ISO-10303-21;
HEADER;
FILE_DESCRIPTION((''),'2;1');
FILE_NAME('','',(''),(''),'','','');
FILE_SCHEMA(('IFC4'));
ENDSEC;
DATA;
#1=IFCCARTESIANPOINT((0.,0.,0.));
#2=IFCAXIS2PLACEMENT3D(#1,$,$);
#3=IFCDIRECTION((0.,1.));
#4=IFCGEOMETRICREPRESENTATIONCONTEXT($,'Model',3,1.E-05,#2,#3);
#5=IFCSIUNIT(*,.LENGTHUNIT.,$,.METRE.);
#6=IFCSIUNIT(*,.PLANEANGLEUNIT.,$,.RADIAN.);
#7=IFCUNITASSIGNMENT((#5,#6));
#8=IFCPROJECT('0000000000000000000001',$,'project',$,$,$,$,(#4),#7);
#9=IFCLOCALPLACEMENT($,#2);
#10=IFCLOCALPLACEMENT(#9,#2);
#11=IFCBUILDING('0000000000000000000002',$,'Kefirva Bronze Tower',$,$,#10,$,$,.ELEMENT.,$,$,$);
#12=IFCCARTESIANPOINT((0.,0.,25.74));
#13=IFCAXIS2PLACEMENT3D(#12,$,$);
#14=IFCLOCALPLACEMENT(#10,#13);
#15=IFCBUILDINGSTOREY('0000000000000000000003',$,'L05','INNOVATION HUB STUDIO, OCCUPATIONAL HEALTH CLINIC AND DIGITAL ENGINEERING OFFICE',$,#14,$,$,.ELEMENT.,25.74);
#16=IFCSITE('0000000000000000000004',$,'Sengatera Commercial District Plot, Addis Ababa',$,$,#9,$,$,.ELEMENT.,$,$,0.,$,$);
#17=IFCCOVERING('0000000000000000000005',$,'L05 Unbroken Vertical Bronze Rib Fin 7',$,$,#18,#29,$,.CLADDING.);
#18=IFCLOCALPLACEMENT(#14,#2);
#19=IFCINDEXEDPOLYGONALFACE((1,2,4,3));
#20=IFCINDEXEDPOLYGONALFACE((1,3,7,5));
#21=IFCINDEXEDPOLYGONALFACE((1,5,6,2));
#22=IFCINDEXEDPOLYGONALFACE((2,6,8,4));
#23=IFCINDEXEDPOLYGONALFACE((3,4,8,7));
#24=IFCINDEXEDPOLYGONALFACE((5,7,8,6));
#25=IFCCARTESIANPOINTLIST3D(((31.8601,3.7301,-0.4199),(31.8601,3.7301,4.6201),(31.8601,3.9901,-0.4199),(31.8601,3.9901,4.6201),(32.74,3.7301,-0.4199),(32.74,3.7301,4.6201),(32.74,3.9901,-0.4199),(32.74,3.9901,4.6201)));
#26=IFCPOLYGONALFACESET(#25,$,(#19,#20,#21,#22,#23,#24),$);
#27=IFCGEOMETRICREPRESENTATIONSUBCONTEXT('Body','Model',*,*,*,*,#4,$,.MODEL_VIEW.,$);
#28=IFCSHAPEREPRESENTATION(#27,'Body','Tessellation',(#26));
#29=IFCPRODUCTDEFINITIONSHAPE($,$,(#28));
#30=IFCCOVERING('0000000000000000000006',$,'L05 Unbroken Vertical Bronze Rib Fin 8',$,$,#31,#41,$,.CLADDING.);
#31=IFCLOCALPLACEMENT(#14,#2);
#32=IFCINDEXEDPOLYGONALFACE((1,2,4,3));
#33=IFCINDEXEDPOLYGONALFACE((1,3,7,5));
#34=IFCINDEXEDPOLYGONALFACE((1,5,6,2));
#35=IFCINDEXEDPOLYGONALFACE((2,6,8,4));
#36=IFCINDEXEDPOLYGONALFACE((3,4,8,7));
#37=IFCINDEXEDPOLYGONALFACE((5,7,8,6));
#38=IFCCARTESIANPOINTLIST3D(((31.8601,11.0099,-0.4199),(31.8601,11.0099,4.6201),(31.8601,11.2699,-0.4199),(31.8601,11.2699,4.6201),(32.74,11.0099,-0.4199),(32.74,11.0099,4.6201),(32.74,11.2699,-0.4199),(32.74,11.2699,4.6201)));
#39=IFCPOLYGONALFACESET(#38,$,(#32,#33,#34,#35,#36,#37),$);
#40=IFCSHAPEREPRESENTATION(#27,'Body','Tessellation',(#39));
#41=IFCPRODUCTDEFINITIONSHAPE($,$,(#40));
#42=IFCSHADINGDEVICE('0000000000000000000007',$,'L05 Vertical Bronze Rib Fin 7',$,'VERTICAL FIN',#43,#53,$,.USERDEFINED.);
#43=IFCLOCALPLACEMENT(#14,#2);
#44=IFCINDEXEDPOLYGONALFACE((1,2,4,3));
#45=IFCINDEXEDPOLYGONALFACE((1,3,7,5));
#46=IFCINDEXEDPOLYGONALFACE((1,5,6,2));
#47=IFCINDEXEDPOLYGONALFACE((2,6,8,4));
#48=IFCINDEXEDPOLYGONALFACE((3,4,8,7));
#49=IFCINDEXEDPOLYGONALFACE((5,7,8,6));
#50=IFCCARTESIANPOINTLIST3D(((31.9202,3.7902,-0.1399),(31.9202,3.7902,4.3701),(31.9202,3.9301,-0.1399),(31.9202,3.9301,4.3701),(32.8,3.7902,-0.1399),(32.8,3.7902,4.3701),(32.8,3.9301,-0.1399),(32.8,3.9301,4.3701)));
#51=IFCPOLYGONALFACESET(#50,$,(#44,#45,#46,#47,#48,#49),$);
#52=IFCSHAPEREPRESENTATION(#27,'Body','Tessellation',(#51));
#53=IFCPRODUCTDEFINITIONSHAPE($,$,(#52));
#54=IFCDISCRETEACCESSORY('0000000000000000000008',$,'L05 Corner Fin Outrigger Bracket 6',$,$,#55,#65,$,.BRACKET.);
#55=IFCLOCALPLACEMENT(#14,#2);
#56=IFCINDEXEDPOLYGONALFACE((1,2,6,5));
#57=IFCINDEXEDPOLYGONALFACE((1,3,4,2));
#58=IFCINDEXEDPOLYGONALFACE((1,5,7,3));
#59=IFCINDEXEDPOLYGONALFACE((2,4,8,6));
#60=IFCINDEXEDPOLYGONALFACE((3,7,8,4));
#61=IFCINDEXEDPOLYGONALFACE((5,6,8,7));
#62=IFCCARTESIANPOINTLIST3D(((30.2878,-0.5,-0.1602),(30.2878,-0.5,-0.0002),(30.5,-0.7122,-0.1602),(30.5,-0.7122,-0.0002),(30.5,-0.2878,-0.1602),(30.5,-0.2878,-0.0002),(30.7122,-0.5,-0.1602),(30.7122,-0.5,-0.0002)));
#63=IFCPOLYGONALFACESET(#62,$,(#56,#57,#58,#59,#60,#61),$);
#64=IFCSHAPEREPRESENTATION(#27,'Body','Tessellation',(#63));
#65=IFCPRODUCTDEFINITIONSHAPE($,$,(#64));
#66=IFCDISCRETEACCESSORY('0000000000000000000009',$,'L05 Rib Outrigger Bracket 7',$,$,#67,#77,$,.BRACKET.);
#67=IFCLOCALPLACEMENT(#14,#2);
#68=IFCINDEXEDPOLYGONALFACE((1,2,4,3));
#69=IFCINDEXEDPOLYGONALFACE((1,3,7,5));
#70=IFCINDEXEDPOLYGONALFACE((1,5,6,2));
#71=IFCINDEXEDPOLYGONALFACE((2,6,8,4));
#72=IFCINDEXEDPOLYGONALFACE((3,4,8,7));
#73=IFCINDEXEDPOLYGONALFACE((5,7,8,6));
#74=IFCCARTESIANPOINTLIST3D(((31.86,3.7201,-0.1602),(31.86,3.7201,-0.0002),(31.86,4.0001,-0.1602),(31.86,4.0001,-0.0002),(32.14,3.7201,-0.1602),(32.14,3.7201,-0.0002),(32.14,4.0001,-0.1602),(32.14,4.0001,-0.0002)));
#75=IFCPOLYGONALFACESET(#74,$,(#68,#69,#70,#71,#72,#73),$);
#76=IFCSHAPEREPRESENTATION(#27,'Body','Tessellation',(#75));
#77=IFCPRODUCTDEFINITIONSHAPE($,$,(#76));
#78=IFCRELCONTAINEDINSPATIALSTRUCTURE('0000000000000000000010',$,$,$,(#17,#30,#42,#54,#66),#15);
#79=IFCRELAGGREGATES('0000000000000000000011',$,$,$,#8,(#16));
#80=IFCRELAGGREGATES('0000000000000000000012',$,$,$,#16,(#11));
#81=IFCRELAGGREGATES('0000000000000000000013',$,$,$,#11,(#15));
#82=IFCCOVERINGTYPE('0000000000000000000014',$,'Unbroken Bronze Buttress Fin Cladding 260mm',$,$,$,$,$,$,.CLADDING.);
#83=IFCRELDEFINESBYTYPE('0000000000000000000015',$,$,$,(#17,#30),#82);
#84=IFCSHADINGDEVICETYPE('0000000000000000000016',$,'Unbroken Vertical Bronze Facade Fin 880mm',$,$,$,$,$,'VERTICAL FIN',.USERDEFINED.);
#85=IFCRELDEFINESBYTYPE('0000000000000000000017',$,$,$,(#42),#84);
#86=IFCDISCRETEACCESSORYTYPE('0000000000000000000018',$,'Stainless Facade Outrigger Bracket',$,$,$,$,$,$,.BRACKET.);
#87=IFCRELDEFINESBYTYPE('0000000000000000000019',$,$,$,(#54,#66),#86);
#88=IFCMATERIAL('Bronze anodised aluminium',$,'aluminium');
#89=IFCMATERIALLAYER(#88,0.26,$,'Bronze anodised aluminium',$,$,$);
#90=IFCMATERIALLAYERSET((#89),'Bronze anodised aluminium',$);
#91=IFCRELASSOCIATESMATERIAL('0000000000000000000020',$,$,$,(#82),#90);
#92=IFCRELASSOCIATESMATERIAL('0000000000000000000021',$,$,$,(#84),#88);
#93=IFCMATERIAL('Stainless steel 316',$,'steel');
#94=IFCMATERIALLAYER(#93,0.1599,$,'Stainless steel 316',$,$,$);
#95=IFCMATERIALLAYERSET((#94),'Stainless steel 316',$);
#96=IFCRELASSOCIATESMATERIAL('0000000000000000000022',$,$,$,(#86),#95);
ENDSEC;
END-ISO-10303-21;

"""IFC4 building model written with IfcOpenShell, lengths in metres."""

from ifc_helpers import new_model, si_unit, direction, frame, origin, origin_2d, place, context, subcontext, project, spatial, rectangle, extrude, material, layer, layer_set, material_profile, profile_set, type_object, element, save


model = new_model("IFC4")

# Units and contexts
model_context = context("Model", 3, precision=1e-05, world=origin(), true_north=direction((0.0, 1.0)))
body_context = subcontext(model_context, "Body", "Model", "MODEL_VIEW")
ifc_project = project(units=[si_unit("LENGTHUNIT", "METRE"), si_unit("PLANEANGLEUNIT", "RADIAN")], contexts=[model_context])

# Site, building, storey
site_placement = place(None, origin())
site = spatial("IfcSite", under=ifc_project, at=site_placement, Name="Sengatera Commercial District Plot, Addis Ababa", CompositionType="ELEMENT", RefElevation=0.0)
building_placement = place(site_placement, origin())
building = spatial("IfcBuilding", under=site, at=building_placement, Name="Kefirva Bronze Tower", CompositionType="ELEMENT")
storey_placement = place(building_placement, frame((0.0, 0.0, 25.74)))
storey = spatial("IfcBuildingStorey", under=building, at=storey_placement, Name="L05", Description="INNOVATION HUB STUDIO, OCCUPATIONAL HEALTH CLINIC AND DIGITAL ENGINEERING OFFICE", CompositionType="ELEMENT", Elevation=25.74)

# Shared definitions
ifc_material_1 = material(Name="Bronze anodised aluminium", Category="aluminium")

# Coverings
ifc_layer_1 = layer(ifc_material_1, 0.26, Name="Bronze anodised aluminium")
ifc_layer_set_1 = layer_set([ifc_layer_1], Name="Bronze anodised aluminium")
covering_type_1 = type_object("IfcCoveringType", Name="Unbroken Bronze Buttress Fin Cladding 260mm", PredefinedType="CLADDING", material=ifc_layer_set_1)
for number, where, z_axis, x_axis, name in (
    (1, (32.3, 3.8601, -0.4199), (0.0, 0.0, 1.0), (0.0, 1.0, 0.0), "L05 Unbroken Vertical Bronze Rib Fin 7"),
    (2, (32.3, 11.1399, -0.4199), (0.0, 0.0, 1.0), (0.0, 1.0, 0.0), "L05 Unbroken Vertical Bronze Rib Fin 8"),
):
    element("IfcCovering", number, at=place(storey_placement, frame(where, z_axis=z_axis, x_axis=x_axis)), inside=storey, type_object=covering_type_1, Name=name, PredefinedType="CLADDING", context=body_context, shape_type="SweptSolid", body=[
        extrude(rectangle(XDim=0.26, YDim=0.8799, at=origin_2d()), origin(), (0.0, 0.0, 1.0), 5.04),
    ])

# Shading device
ifc_material_profile_1 = material_profile(ifc_material_1, rectangle(XDim=0.1399, YDim=0.8799, at=origin_2d()), Name="BRONZE FIN 140x880")
ifc_profile_set_1 = profile_set([ifc_material_profile_1], Name="Bronze anodised aluminium")
shading_device_type_1 = type_object("IfcShadingDeviceType", Name="Unbroken Vertical Bronze Facade Fin 880mm", ElementType="VERTICAL FIN", PredefinedType="USERDEFINED", material=ifc_profile_set_1)
shading_device_1_placement = place(storey_placement, frame((32.3601, 3.8601, -0.1399), z_axis=(0.0, 0.0, 1.0), x_axis=(0.0, 1.0, 0.0)))
element("IfcShadingDevice", 3, at=shading_device_1_placement, inside=storey, type_object=shading_device_type_1, Name="L05 Vertical Bronze Rib Fin 7", ObjectType="VERTICAL FIN", PredefinedType="USERDEFINED", context=body_context, shape_type="SweptSolid", body=[
    extrude(rectangle(XDim=0.1399, YDim=0.8799, at=origin_2d()), origin(), (0.0, 0.0, 1.0), 4.51),
])

# Discrete accessories
ifc_material_2 = material(Name="Stainless steel 316", Category="steel")
ifc_layer_2 = layer(ifc_material_2, 0.1599, Name="Stainless steel 316")
ifc_layer_set_2 = layer_set([ifc_layer_2], Name="Stainless steel 316")
discrete_accessory_type = type_object("IfcDiscreteAccessoryType", Name="Stainless Facade Outrigger Bracket", PredefinedType="BRACKET", material=ifc_layer_set_2)
discrete_accessory_1_placement = place(storey_placement, frame((30.5, -0.5, -0.1602), z_axis=(0.0, 0.0, 1.0), x_axis=(0.707107, 0.707107, 0.0)))
element("IfcDiscreteAccessory", 4, at=discrete_accessory_1_placement, inside=storey, type_object=discrete_accessory_type, Name="L05 Corner Fin Outrigger Bracket 6", PredefinedType="BRACKET", context=body_context, shape_type="SweptSolid", body=[
    extrude(rectangle(XDim=0.3, YDim=0.3, at=origin_2d()), origin(), (0.0, 0.0, 1.0), 0.1599),
])
discrete_accessory_2_placement = place(storey_placement, frame((32.0, 3.8601, -0.1602), z_axis=(0.0, 0.0, 1.0), x_axis=(0.0, 1.0, 0.0)))
element("IfcDiscreteAccessory", 5, at=discrete_accessory_2_placement, inside=storey, type_object=discrete_accessory_type, Name="L05 Rib Outrigger Bracket 7", PredefinedType="BRACKET", context=body_context, shape_type="SweptSolid", body=[
    extrude(rectangle(XDim=0.28, YDim=0.28, at=origin_2d()), origin(), (0.0, 0.0, 1.0), 0.1599),
])

save(model, "model.ifc")
